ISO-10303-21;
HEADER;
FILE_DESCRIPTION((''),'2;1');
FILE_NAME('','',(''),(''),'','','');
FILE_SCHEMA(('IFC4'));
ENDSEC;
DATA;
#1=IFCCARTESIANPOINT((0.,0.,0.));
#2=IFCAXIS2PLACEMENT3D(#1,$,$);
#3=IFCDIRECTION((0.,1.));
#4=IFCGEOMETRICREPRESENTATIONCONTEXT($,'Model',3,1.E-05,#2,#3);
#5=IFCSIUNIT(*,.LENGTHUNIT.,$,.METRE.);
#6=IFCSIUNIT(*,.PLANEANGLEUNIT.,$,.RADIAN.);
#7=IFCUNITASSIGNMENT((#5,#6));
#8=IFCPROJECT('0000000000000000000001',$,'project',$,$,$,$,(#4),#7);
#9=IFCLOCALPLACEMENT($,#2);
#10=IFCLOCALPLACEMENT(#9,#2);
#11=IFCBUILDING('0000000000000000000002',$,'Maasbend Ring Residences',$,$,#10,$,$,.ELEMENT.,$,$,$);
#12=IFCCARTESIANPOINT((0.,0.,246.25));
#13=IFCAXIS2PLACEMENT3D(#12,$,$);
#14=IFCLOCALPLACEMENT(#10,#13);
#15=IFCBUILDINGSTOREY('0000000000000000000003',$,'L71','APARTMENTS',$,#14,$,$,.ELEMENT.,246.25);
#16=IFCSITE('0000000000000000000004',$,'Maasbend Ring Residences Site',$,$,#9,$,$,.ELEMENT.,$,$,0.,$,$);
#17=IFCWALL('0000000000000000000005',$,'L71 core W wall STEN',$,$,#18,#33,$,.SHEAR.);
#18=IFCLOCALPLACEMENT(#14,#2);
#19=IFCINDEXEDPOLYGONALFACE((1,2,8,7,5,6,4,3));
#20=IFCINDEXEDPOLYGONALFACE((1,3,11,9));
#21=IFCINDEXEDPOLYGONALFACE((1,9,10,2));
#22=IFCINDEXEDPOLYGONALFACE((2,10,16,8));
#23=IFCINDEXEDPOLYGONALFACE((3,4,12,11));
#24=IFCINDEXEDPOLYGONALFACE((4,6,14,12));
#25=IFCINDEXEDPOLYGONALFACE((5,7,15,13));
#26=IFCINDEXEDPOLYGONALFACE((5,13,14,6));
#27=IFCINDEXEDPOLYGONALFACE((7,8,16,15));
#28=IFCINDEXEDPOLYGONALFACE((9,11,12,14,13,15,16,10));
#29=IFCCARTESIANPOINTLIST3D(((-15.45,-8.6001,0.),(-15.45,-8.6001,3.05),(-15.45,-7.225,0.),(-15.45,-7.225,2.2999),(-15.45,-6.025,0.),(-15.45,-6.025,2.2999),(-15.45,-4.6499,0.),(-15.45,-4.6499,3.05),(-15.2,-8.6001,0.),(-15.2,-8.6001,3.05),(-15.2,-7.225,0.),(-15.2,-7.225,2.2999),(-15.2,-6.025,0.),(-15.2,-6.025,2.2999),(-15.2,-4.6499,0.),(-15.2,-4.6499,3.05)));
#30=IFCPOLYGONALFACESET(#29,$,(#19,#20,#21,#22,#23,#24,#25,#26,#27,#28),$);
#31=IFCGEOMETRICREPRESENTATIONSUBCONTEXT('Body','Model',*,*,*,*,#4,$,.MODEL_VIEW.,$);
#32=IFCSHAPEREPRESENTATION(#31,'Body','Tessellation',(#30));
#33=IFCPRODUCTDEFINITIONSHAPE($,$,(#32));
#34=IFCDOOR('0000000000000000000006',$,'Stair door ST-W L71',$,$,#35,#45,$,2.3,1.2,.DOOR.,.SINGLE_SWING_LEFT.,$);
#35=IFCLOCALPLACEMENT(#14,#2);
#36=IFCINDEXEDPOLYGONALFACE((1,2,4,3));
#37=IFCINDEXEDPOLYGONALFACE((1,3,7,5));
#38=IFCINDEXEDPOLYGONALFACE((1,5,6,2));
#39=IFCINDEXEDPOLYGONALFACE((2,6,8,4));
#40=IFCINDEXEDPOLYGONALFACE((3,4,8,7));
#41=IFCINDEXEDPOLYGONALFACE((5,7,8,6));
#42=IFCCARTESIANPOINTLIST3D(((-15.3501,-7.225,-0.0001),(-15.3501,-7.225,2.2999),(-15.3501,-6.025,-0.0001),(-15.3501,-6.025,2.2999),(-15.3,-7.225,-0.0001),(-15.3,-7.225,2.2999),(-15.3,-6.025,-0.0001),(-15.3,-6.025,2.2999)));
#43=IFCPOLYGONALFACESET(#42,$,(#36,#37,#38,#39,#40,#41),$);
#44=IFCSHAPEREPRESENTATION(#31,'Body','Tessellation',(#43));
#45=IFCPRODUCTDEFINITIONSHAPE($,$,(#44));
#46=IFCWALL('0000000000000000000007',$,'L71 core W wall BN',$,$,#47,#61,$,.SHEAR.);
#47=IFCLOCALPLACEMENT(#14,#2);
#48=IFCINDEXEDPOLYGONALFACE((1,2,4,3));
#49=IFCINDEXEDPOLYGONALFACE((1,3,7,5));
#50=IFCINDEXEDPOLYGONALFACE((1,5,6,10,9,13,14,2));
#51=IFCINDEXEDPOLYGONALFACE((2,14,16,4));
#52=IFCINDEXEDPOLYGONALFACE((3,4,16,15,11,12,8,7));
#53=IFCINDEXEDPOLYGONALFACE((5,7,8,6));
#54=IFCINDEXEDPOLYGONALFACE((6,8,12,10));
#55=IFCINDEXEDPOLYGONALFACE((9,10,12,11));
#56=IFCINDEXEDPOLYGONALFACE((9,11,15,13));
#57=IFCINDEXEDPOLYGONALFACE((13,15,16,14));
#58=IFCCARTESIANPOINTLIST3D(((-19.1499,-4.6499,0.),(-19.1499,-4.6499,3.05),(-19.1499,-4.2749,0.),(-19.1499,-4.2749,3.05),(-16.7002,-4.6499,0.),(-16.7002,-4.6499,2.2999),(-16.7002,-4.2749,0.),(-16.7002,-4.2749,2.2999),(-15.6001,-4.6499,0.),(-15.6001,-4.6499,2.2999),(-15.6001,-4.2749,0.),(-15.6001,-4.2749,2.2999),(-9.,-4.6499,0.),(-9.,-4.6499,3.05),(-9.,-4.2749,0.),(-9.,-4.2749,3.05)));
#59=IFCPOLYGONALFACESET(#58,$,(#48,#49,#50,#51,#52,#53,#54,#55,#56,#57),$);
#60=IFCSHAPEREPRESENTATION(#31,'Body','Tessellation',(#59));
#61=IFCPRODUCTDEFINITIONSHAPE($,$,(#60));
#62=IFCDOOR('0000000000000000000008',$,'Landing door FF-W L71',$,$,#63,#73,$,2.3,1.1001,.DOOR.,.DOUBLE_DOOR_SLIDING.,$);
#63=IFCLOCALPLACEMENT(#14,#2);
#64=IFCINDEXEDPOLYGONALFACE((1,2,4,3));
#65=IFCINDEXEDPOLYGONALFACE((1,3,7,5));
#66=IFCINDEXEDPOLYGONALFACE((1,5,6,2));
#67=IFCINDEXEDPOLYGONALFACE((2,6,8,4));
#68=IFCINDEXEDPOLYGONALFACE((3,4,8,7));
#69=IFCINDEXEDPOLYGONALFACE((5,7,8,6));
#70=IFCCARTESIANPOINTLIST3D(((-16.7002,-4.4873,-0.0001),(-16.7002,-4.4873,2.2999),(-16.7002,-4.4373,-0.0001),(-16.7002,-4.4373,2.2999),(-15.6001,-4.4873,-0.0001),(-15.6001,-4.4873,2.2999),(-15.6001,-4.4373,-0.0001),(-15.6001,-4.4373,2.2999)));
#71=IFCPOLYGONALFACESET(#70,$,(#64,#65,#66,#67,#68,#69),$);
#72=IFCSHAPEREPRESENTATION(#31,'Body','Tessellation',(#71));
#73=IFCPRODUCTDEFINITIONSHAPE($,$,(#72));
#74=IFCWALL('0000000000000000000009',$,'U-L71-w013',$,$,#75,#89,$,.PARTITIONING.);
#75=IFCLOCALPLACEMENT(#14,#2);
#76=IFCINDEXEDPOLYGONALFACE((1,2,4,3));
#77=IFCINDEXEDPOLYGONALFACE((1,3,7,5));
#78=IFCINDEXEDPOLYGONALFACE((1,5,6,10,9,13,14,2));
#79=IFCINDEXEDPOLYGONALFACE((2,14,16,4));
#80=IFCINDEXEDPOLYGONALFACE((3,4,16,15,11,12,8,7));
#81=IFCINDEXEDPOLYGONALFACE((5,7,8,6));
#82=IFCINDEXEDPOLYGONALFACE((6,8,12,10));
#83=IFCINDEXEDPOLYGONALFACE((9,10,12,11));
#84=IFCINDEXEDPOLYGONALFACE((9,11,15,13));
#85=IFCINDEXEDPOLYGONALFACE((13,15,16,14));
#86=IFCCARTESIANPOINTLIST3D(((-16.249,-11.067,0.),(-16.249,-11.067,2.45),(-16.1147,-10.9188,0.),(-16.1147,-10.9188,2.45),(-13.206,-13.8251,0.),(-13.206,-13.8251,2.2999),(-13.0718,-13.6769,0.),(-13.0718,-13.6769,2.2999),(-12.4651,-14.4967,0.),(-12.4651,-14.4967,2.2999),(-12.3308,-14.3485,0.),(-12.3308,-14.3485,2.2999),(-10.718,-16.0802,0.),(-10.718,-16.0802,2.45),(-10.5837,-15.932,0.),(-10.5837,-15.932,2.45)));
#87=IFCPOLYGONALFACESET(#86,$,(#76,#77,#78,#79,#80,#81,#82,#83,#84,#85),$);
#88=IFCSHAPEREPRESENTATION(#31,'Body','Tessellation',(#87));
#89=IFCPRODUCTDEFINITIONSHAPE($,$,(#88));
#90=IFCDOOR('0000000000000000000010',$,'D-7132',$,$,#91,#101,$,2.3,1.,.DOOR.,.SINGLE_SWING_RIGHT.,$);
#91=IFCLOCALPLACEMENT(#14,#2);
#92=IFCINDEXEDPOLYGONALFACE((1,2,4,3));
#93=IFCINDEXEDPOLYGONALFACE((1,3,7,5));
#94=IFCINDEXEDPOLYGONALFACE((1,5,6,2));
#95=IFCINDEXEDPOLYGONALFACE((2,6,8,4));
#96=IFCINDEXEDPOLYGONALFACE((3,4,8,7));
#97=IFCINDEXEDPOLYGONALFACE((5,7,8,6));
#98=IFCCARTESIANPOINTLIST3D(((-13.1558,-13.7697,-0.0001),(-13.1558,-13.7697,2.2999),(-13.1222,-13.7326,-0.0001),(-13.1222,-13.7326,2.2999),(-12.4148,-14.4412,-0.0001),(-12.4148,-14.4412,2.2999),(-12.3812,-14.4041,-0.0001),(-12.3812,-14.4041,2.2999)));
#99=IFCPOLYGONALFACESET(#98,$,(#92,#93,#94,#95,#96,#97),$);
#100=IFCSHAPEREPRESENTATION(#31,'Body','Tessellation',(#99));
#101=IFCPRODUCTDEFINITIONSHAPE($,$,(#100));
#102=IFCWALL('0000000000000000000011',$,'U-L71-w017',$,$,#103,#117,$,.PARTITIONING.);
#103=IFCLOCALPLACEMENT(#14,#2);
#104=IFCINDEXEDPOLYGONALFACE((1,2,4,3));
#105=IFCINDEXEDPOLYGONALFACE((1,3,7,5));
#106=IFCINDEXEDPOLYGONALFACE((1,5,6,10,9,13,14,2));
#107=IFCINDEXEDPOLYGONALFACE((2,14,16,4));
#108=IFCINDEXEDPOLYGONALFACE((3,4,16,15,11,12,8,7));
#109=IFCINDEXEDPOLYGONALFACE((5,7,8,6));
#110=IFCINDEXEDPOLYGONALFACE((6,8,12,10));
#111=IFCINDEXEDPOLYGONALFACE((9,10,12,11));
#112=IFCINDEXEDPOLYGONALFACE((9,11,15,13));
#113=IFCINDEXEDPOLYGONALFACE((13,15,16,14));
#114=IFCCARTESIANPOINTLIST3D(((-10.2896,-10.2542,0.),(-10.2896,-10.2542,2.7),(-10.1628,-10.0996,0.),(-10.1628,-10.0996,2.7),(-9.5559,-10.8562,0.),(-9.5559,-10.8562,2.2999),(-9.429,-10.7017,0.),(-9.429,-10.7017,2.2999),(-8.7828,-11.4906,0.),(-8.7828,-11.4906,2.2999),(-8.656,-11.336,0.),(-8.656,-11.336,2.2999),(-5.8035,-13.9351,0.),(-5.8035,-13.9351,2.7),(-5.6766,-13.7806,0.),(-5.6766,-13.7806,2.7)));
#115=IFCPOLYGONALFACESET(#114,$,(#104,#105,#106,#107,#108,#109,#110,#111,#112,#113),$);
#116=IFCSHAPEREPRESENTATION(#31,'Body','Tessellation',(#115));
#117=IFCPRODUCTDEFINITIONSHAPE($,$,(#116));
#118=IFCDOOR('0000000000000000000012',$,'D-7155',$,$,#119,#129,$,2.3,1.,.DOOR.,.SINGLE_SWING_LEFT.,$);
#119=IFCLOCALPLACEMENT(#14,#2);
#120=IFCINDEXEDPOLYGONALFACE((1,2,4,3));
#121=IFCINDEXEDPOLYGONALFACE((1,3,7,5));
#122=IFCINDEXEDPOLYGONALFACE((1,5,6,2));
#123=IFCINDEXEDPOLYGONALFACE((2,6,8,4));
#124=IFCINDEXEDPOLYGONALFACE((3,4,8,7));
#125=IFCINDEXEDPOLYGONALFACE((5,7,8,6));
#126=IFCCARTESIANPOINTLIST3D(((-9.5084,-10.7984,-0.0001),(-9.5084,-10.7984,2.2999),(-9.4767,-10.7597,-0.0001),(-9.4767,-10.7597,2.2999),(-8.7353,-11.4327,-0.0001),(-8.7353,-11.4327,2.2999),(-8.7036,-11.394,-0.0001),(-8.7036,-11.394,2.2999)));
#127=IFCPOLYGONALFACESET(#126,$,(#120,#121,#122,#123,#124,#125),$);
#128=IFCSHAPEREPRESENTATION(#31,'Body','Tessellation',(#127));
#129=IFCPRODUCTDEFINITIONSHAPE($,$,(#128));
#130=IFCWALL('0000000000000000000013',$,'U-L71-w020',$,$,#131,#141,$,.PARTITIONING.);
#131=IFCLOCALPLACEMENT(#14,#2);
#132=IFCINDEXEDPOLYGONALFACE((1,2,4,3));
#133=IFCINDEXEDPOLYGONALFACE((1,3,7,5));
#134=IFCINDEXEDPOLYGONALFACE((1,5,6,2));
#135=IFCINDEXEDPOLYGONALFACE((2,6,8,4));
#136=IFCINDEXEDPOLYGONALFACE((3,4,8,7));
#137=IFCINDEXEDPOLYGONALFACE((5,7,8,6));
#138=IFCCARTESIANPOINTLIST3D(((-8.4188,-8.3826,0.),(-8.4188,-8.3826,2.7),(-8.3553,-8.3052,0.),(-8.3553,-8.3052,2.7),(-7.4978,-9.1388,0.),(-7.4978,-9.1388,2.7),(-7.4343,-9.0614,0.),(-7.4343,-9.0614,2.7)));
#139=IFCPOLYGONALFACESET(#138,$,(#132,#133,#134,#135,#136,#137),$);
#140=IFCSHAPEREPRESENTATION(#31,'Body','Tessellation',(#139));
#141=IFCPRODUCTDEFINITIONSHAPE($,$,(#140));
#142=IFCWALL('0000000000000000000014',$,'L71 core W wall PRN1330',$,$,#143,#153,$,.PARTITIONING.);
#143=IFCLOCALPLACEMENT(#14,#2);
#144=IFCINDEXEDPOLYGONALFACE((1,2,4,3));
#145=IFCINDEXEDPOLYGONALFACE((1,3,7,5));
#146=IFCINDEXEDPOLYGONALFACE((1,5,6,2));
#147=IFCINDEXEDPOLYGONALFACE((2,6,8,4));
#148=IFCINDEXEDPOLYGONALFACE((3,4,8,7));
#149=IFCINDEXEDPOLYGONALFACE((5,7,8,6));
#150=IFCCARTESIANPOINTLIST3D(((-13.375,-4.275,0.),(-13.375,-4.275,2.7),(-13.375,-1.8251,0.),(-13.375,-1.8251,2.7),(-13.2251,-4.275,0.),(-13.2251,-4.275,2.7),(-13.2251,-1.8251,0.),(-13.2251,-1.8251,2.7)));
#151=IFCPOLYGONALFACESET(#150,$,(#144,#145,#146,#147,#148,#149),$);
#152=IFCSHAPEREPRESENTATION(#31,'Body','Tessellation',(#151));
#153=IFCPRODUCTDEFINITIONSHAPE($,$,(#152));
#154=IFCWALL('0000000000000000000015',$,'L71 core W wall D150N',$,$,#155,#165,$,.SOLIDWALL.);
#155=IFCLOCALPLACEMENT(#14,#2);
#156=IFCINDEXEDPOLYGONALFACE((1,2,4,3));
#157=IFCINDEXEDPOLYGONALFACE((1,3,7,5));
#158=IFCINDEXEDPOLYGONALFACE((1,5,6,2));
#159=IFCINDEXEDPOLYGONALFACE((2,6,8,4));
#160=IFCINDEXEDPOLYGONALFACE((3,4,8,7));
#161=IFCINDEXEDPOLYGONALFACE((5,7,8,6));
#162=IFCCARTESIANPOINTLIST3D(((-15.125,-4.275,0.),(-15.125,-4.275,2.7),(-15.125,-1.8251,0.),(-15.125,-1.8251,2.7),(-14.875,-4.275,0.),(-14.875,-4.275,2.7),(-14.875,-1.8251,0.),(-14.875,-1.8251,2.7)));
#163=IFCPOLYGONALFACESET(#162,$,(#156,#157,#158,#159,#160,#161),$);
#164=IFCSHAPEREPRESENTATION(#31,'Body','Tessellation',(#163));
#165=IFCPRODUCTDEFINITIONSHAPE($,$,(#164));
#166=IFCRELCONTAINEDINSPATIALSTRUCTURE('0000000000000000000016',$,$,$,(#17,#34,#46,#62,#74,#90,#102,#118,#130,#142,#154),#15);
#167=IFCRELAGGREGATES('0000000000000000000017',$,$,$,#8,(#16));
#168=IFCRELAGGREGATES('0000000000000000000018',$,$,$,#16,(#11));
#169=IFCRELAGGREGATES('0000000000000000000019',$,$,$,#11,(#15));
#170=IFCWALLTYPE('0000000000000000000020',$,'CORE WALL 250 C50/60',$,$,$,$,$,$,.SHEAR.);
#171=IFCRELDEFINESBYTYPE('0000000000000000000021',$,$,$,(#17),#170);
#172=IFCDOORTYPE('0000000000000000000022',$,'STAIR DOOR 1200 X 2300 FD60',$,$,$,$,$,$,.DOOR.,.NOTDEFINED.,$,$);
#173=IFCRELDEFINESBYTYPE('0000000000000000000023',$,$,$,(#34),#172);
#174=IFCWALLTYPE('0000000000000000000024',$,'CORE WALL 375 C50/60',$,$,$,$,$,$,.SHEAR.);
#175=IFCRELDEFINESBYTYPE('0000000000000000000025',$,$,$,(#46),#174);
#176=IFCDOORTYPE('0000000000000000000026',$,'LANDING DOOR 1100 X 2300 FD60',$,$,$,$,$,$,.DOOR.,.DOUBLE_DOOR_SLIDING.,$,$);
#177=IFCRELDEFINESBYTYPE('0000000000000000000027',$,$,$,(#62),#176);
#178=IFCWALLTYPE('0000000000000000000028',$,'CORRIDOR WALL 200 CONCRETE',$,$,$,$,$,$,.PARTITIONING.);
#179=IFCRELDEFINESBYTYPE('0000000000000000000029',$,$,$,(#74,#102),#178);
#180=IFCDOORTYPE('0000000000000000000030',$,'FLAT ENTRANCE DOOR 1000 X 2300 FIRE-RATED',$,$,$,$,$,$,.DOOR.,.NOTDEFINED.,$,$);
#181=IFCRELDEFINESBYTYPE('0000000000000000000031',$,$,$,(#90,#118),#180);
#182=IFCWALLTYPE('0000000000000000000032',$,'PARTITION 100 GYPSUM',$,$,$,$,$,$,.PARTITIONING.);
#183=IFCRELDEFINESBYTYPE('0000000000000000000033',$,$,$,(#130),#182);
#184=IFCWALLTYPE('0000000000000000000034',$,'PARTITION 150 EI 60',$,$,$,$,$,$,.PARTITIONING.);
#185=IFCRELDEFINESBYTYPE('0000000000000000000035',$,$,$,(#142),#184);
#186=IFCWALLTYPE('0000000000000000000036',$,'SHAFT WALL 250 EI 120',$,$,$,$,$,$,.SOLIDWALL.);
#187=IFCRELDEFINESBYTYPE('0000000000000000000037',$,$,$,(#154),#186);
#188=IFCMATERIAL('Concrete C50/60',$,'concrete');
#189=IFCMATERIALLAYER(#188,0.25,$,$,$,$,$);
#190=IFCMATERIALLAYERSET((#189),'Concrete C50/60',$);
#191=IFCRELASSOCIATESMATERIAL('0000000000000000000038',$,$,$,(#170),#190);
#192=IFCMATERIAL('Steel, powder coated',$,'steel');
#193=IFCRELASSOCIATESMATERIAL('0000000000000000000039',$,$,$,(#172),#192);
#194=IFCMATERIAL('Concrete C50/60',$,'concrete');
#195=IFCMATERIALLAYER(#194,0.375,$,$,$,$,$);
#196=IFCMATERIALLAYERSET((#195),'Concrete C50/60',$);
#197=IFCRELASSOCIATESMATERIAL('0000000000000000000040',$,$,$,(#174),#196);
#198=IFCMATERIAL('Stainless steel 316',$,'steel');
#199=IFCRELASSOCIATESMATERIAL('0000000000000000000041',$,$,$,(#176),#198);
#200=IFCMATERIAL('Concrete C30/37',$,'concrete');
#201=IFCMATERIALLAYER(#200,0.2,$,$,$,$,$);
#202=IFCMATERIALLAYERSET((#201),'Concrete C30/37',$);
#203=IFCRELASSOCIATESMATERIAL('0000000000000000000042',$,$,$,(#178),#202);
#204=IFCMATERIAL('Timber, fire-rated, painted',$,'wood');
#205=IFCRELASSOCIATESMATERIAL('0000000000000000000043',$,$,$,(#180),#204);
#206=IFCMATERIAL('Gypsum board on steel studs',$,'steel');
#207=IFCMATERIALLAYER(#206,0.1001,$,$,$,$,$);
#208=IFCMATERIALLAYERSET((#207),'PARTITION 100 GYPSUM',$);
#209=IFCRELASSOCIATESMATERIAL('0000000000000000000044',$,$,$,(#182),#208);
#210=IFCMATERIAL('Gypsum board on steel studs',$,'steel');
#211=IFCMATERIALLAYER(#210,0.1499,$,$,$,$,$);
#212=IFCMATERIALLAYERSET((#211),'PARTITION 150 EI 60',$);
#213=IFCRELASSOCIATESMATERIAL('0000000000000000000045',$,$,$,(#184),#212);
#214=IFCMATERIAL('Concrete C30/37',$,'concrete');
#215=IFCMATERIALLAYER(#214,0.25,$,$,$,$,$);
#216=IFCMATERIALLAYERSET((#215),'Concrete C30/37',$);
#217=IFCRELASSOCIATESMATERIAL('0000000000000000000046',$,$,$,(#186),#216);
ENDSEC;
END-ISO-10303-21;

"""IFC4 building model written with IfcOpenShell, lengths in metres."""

from ifc_helpers import new_model, si_unit, direction, frame, frame_2d, origin, place, context, subcontext, project, spatial, rectangle, extrude, material, layer, layer_set, type_object, element, fill, save


model = new_model("IFC4")

# Units and contexts
model_context = context("Model", 3, precision=1e-05, world=origin(), true_north=direction((0.0, 1.0)))
body_context = subcontext(model_context, "Body", "Model", "MODEL_VIEW")
ifc_project = project(units=[si_unit("LENGTHUNIT", "METRE"), si_unit("PLANEANGLEUNIT", "RADIAN")], contexts=[model_context])

# Site, building, storey
site_placement = place(None, origin())
site = spatial("IfcSite", under=ifc_project, at=site_placement, Name="Maasbend Ring Residences Site", CompositionType="ELEMENT", RefElevation=0.0)
building_placement = place(site_placement, origin())
building = spatial("IfcBuilding", under=site, at=building_placement, Name="Maasbend Ring Residences", CompositionType="ELEMENT")
storey_placement = place(building_placement, frame((0.0, 0.0, 246.25)))
storey = spatial("IfcBuildingStorey", under=building, at=storey_placement, Name="L71", Description="APARTMENTS", CompositionType="ELEMENT", Elevation=246.25)

# Shared definitions
ifc_material_1 = material(Name="Concrete C50/60", Category="concrete")
ifc_layer_1 = layer(ifc_material_1, 0.25)
ifc_layer_set_1 = layer_set([ifc_layer_1], Name="Concrete C50/60")
wall_type_1 = type_object("IfcWallType", Name="CORE WALL 250 C50/60", PredefinedType="SHEAR", material=ifc_layer_set_1)

# Walls, openings, doors
wall_1_placement = place(storey_placement, frame((-15.325, -4.6499, 0.0), z_axis=(0.0, 0.0, 1.0), x_axis=(0.0, -1.0, 0.0)))
wall_1 = element("IfcWall", 1, at=wall_1_placement, inside=storey, type_object=wall_type_1, Name="L71 core W wall STEN", PredefinedType="SHEAR", context=body_context, shape_type="SweptSolid", body=[
    extrude(rectangle(XDim=3.9502, YDim=0.25, at=frame_2d((1.9751, 0.0))), origin(), (0.0, 0.0, 1.0), 3.05),
])
opening_1_placement = place(wall_1_placement, frame((1.375, 0.0, 0.0)))
opening_1 = element("IfcOpeningElement", 2, at=opening_1_placement, cuts=wall_1, PredefinedType="OPENING", context=body_context, shape_type="SweptSolid", body=[
    extrude(rectangle(XDim=1.2, YDim=2.3, at=frame_2d((0.6001, 1.1499))), frame((0.0, 0.135, 0.0), z_axis=(0.0, -1.0, 0.0), x_axis=(1.0, 0.0, 0.0)), (0.0, 0.0, 1.0), 0.27),
])
ifc_material_2 = material(Name="Steel, powder coated", Category="steel")
door_type_1 = type_object("IfcDoorType", Name="STAIR DOOR 1200 X 2300 FD60", OperationType="NOTDEFINED", PredefinedType="DOOR", material=ifc_material_2)
door_1_placement = place(opening_1_placement, origin())
door_1 = element("IfcDoor", 3, at=door_1_placement, inside=storey, type_object=door_type_1, Name="Stair door ST-W L71", OperationType="SINGLE_SWING_LEFT", OverallHeight=2.3, OverallWidth=1.2, PredefinedType="DOOR", context=body_context, shape_type="SweptSolid", body=[
    extrude(rectangle(XDim=1.2, YDim=2.3, at=frame_2d((0.6001, 1.1499))), frame((0.0, 0.0249, 0.0), z_axis=(0.0, -1.0, 0.0), x_axis=(1.0, 0.0, 0.0)), (0.0, 0.0, 1.0), 0.05),
])
fill(opening_1, door_1)
ifc_material_3 = material(Name="Concrete C50/60", Category="concrete")
ifc_layer_2 = layer(ifc_material_3, 0.375)
ifc_layer_set_2 = layer_set([ifc_layer_2], Name="Concrete C50/60")
wall_type_2 = type_object("IfcWallType", Name="CORE WALL 375 C50/60", PredefinedType="SHEAR", material=ifc_layer_set_2)
wall_2_placement = place(storey_placement, frame((-9.0, -4.4624, 0.0), z_axis=(0.0, 0.0, 1.0), x_axis=(-1.0, 0.0, 0.0)))
wall_2 = element("IfcWall", 4, at=wall_2_placement, inside=storey, type_object=wall_type_2, Name="L71 core W wall BN", PredefinedType="SHEAR", context=body_context, shape_type="SweptSolid", body=[
    extrude(rectangle(XDim=10.1499, YDim=0.375, at=frame_2d((5.075, 0.0))), origin(), (0.0, 0.0, 1.0), 3.05),
])
opening_2_placement = place(wall_2_placement, frame((6.6001, 0.0, 0.0)))
opening_2 = element("IfcOpeningElement", 5, at=opening_2_placement, cuts=wall_2, PredefinedType="OPENING", context=body_context, shape_type="SweptSolid", body=[
    extrude(rectangle(XDim=1.1001, YDim=2.3, at=frame_2d((0.55, 1.1499))), frame((0.0, 0.1975, 0.0), z_axis=(0.0, -1.0, 0.0), x_axis=(1.0, 0.0, 0.0)), (0.0, 0.0, 1.0), 0.395),
])
ifc_material_4 = material(Name="Stainless steel 316", Category="steel")
door_type_2 = type_object("IfcDoorType", Name="LANDING DOOR 1100 X 2300 FD60", OperationType="DOUBLE_DOOR_SLIDING", PredefinedType="DOOR", material=ifc_material_4)
door_2_placement = place(opening_2_placement, origin())
door_2 = element("IfcDoor", 6, at=door_2_placement, inside=storey, type_object=door_type_2, Name="Landing door FF-W L71", OperationType="DOUBLE_DOOR_SLIDING", OverallHeight=2.3, OverallWidth=1.1001, PredefinedType="DOOR", context=body_context, shape_type="SweptSolid", body=[
    extrude(rectangle(XDim=1.1001, YDim=2.3, at=frame_2d((0.55, 1.1499))), frame((0.0, 0.0249, 0.0), z_axis=(0.0, -1.0, 0.0), x_axis=(1.0, 0.0, 0.0)), (0.0, 0.0, 1.0), 0.05),
])
fill(opening_2, door_2)
ifc_material_5 = material(Name="Concrete C30/37", Category="concrete")
ifc_layer_3 = layer(ifc_material_5, 0.2)
ifc_layer_set_3 = layer_set([ifc_layer_3], Name="Concrete C30/37")
wall_type_3 = type_object("IfcWallType", Name="CORRIDOR WALL 200 CONCRETE", PredefinedType="PARTITIONING", material=ifc_layer_set_3)
wall_3_placement = place(storey_placement, frame((-16.1819, -10.9929, 0.0), z_axis=(0.0, 0.0, 1.0), x_axis=(0.74094, -0.671572, 0.0)))
wall_3 = element("IfcWall", 7, at=wall_3_placement, inside=storey, type_object=wall_type_3, Name="U-L71-w013", PredefinedType="PARTITIONING", context=body_context, shape_type="SweptSolid", body=[
    extrude(rectangle(XDim=7.4648, YDim=0.2, at=frame_2d((3.7324, 0.0))), origin(), (0.0, 0.0, 1.0), 2.45),
])
opening_3_placement = place(wall_3_placement, frame((4.1069, 0.0, 0.0)))
opening_3 = element("IfcOpeningElement", 8, at=opening_3_placement, cuts=wall_3, PredefinedType="OPENING", context=body_context, shape_type="SweptSolid", body=[
    extrude(rectangle(XDim=1.0, YDim=2.3, at=frame_2d((0.5, 1.1499))), frame((0.0, 0.1099, 0.0), z_axis=(0.0, -1.0, 0.0), x_axis=(1.0, 0.0, 0.0)), (0.0, 0.0, 1.0), 0.22),
])
ifc_material_6 = material(Name="Timber, fire-rated, painted", Category="wood")
door_type_3 = type_object("IfcDoorType", Name="FLAT ENTRANCE DOOR 1000 X 2300 FIRE-RATED", OperationType="NOTDEFINED", PredefinedType="DOOR", material=ifc_material_6)
door_3_placement = place(opening_3_placement, origin())
door_3 = element("IfcDoor", 9, at=door_3_placement, inside=storey, type_object=door_type_3, Name="D-7132", OperationType="SINGLE_SWING_RIGHT", OverallHeight=2.3, OverallWidth=1.0, PredefinedType="DOOR", context=body_context, shape_type="SweptSolid", body=[
    extrude(rectangle(XDim=1.0, YDim=2.3, at=frame_2d((0.5, 1.1499))), frame((0.0, 0.0249, 0.0), z_axis=(0.0, -1.0, 0.0), x_axis=(1.0, 0.0, 0.0)), (0.0, 0.0, 1.0), 0.05),
])
fill(opening_3, door_3)
wall_4_placement = place(storey_placement, frame((-10.2261, -10.177, 0.0), z_axis=(0.0, 0.0, 1.0), x_axis=(0.773072, -0.634319, 0.0)))
wall_4 = element("IfcWall", 10, at=wall_4_placement, inside=storey, type_object=wall_type_3, Name="U-L71-w017", PredefinedType="PARTITIONING", context=body_context, shape_type="SweptSolid", body=[
    extrude(rectangle(XDim=5.803, YDim=0.2, at=frame_2d((2.9014, 0.0))), origin(), (0.0, 0.0, 1.0), 2.7),
])
opening_4_placement = place(wall_4_placement, frame((0.949, 0.0, 0.0)))
opening_4 = element("IfcOpeningElement", 11, at=opening_4_placement, cuts=wall_4, PredefinedType="OPENING", context=body_context, shape_type="SweptSolid", body=[
    extrude(rectangle(XDim=1.0, YDim=2.3, at=frame_2d((0.5, 1.1499))), frame((0.0, 0.1099, 0.0), z_axis=(0.0, -1.0, 0.0), x_axis=(1.0, 0.0, 0.0)), (0.0, 0.0, 1.0), 0.22),
])
door_4_placement = place(opening_4_placement, origin())
door_4 = element("IfcDoor", 12, at=door_4_placement, inside=storey, type_object=door_type_3, Name="D-7155", OperationType="SINGLE_SWING_LEFT", OverallHeight=2.3, OverallWidth=1.0, PredefinedType="DOOR", context=body_context, shape_type="SweptSolid", body=[
    extrude(rectangle(XDim=1.0, YDim=2.3, at=frame_2d((0.5, 1.1499))), frame((0.0, 0.0249, 0.0), z_axis=(0.0, -1.0, 0.0), x_axis=(1.0, 0.0, 0.0)), (0.0, 0.0, 1.0), 0.05),
])
fill(opening_4, door_4)

# Walls
ifc_material_7 = material(Name="Gypsum board on steel studs", Category="steel")
ifc_layer_4 = layer(ifc_material_7, 0.1001)
ifc_layer_set_4 = layer_set([ifc_layer_4], Name="PARTITION 100 GYPSUM")
wall_type_4 = type_object("IfcWallType", Name="PARTITION 100 GYPSUM", PredefinedType="PARTITIONING", material=ifc_layer_set_4)
wall_5_placement = place(storey_placement, frame((-8.387, -8.344, 0.0), z_axis=(0.0, 0.0, 1.0), x_axis=(0.77287, -0.634565, 0.0)))
element("IfcWall", 13, at=wall_5_placement, inside=storey, type_object=wall_type_4, Name="U-L71-w020", PredefinedType="PARTITIONING", context=body_context, shape_type="SweptSolid", body=[
    extrude(rectangle(XDim=1.1917, YDim=0.1001, at=frame_2d((0.5957, 0.0))), origin(), (0.0, 0.0, 1.0), 2.7),
])
ifc_material_8 = material(Name="Gypsum board on steel studs", Category="steel")
ifc_layer_5 = layer(ifc_material_8, 0.1499)
ifc_layer_set_5 = layer_set([ifc_layer_5], Name="PARTITION 150 EI 60")
wall_type_5 = type_object("IfcWallType", Name="PARTITION 150 EI 60", PredefinedType="PARTITIONING", material=ifc_layer_set_5)
wall_6_placement = place(storey_placement, frame((-13.3, -1.825, 0.0), z_axis=(0.0, 0.0, 1.0), x_axis=(0.0, -1.0, 0.0)))
element("IfcWall", 14, at=wall_6_placement, inside=storey, type_object=wall_type_5, Name="L71 core W wall PRN1330", PredefinedType="PARTITIONING", context=body_context, shape_type="SweptSolid", body=[
    extrude(rectangle(XDim=2.45, YDim=0.1499, at=frame_2d((1.2251, 0.0))), origin(), (0.0, 0.0, 1.0), 2.7),
])
ifc_material_9 = material(Name="Concrete C30/37", Category="concrete")
ifc_layer_6 = layer(ifc_material_9, 0.25)
ifc_layer_set_6 = layer_set([ifc_layer_6], Name="Concrete C30/37")
wall_type_6 = type_object("IfcWallType", Name="SHAFT WALL 250 EI 120", PredefinedType="SOLIDWALL", material=ifc_layer_set_6)
wall_7_placement = place(storey_placement, frame((-15.0, -1.825, 0.0), z_axis=(0.0, 0.0, 1.0), x_axis=(0.0, -1.0, 0.0)))
element("IfcWall", 15, at=wall_7_placement, inside=storey, type_object=wall_type_6, Name="L71 core W wall D150N", PredefinedType="SOLIDWALL", context=body_context, shape_type="SweptSolid", body=[
    extrude(rectangle(XDim=2.45, YDim=0.25, at=frame_2d((1.2251, 0.0))), origin(), (0.0, 0.0, 1.0), 2.7),
])

save(model, "model.ifc")
